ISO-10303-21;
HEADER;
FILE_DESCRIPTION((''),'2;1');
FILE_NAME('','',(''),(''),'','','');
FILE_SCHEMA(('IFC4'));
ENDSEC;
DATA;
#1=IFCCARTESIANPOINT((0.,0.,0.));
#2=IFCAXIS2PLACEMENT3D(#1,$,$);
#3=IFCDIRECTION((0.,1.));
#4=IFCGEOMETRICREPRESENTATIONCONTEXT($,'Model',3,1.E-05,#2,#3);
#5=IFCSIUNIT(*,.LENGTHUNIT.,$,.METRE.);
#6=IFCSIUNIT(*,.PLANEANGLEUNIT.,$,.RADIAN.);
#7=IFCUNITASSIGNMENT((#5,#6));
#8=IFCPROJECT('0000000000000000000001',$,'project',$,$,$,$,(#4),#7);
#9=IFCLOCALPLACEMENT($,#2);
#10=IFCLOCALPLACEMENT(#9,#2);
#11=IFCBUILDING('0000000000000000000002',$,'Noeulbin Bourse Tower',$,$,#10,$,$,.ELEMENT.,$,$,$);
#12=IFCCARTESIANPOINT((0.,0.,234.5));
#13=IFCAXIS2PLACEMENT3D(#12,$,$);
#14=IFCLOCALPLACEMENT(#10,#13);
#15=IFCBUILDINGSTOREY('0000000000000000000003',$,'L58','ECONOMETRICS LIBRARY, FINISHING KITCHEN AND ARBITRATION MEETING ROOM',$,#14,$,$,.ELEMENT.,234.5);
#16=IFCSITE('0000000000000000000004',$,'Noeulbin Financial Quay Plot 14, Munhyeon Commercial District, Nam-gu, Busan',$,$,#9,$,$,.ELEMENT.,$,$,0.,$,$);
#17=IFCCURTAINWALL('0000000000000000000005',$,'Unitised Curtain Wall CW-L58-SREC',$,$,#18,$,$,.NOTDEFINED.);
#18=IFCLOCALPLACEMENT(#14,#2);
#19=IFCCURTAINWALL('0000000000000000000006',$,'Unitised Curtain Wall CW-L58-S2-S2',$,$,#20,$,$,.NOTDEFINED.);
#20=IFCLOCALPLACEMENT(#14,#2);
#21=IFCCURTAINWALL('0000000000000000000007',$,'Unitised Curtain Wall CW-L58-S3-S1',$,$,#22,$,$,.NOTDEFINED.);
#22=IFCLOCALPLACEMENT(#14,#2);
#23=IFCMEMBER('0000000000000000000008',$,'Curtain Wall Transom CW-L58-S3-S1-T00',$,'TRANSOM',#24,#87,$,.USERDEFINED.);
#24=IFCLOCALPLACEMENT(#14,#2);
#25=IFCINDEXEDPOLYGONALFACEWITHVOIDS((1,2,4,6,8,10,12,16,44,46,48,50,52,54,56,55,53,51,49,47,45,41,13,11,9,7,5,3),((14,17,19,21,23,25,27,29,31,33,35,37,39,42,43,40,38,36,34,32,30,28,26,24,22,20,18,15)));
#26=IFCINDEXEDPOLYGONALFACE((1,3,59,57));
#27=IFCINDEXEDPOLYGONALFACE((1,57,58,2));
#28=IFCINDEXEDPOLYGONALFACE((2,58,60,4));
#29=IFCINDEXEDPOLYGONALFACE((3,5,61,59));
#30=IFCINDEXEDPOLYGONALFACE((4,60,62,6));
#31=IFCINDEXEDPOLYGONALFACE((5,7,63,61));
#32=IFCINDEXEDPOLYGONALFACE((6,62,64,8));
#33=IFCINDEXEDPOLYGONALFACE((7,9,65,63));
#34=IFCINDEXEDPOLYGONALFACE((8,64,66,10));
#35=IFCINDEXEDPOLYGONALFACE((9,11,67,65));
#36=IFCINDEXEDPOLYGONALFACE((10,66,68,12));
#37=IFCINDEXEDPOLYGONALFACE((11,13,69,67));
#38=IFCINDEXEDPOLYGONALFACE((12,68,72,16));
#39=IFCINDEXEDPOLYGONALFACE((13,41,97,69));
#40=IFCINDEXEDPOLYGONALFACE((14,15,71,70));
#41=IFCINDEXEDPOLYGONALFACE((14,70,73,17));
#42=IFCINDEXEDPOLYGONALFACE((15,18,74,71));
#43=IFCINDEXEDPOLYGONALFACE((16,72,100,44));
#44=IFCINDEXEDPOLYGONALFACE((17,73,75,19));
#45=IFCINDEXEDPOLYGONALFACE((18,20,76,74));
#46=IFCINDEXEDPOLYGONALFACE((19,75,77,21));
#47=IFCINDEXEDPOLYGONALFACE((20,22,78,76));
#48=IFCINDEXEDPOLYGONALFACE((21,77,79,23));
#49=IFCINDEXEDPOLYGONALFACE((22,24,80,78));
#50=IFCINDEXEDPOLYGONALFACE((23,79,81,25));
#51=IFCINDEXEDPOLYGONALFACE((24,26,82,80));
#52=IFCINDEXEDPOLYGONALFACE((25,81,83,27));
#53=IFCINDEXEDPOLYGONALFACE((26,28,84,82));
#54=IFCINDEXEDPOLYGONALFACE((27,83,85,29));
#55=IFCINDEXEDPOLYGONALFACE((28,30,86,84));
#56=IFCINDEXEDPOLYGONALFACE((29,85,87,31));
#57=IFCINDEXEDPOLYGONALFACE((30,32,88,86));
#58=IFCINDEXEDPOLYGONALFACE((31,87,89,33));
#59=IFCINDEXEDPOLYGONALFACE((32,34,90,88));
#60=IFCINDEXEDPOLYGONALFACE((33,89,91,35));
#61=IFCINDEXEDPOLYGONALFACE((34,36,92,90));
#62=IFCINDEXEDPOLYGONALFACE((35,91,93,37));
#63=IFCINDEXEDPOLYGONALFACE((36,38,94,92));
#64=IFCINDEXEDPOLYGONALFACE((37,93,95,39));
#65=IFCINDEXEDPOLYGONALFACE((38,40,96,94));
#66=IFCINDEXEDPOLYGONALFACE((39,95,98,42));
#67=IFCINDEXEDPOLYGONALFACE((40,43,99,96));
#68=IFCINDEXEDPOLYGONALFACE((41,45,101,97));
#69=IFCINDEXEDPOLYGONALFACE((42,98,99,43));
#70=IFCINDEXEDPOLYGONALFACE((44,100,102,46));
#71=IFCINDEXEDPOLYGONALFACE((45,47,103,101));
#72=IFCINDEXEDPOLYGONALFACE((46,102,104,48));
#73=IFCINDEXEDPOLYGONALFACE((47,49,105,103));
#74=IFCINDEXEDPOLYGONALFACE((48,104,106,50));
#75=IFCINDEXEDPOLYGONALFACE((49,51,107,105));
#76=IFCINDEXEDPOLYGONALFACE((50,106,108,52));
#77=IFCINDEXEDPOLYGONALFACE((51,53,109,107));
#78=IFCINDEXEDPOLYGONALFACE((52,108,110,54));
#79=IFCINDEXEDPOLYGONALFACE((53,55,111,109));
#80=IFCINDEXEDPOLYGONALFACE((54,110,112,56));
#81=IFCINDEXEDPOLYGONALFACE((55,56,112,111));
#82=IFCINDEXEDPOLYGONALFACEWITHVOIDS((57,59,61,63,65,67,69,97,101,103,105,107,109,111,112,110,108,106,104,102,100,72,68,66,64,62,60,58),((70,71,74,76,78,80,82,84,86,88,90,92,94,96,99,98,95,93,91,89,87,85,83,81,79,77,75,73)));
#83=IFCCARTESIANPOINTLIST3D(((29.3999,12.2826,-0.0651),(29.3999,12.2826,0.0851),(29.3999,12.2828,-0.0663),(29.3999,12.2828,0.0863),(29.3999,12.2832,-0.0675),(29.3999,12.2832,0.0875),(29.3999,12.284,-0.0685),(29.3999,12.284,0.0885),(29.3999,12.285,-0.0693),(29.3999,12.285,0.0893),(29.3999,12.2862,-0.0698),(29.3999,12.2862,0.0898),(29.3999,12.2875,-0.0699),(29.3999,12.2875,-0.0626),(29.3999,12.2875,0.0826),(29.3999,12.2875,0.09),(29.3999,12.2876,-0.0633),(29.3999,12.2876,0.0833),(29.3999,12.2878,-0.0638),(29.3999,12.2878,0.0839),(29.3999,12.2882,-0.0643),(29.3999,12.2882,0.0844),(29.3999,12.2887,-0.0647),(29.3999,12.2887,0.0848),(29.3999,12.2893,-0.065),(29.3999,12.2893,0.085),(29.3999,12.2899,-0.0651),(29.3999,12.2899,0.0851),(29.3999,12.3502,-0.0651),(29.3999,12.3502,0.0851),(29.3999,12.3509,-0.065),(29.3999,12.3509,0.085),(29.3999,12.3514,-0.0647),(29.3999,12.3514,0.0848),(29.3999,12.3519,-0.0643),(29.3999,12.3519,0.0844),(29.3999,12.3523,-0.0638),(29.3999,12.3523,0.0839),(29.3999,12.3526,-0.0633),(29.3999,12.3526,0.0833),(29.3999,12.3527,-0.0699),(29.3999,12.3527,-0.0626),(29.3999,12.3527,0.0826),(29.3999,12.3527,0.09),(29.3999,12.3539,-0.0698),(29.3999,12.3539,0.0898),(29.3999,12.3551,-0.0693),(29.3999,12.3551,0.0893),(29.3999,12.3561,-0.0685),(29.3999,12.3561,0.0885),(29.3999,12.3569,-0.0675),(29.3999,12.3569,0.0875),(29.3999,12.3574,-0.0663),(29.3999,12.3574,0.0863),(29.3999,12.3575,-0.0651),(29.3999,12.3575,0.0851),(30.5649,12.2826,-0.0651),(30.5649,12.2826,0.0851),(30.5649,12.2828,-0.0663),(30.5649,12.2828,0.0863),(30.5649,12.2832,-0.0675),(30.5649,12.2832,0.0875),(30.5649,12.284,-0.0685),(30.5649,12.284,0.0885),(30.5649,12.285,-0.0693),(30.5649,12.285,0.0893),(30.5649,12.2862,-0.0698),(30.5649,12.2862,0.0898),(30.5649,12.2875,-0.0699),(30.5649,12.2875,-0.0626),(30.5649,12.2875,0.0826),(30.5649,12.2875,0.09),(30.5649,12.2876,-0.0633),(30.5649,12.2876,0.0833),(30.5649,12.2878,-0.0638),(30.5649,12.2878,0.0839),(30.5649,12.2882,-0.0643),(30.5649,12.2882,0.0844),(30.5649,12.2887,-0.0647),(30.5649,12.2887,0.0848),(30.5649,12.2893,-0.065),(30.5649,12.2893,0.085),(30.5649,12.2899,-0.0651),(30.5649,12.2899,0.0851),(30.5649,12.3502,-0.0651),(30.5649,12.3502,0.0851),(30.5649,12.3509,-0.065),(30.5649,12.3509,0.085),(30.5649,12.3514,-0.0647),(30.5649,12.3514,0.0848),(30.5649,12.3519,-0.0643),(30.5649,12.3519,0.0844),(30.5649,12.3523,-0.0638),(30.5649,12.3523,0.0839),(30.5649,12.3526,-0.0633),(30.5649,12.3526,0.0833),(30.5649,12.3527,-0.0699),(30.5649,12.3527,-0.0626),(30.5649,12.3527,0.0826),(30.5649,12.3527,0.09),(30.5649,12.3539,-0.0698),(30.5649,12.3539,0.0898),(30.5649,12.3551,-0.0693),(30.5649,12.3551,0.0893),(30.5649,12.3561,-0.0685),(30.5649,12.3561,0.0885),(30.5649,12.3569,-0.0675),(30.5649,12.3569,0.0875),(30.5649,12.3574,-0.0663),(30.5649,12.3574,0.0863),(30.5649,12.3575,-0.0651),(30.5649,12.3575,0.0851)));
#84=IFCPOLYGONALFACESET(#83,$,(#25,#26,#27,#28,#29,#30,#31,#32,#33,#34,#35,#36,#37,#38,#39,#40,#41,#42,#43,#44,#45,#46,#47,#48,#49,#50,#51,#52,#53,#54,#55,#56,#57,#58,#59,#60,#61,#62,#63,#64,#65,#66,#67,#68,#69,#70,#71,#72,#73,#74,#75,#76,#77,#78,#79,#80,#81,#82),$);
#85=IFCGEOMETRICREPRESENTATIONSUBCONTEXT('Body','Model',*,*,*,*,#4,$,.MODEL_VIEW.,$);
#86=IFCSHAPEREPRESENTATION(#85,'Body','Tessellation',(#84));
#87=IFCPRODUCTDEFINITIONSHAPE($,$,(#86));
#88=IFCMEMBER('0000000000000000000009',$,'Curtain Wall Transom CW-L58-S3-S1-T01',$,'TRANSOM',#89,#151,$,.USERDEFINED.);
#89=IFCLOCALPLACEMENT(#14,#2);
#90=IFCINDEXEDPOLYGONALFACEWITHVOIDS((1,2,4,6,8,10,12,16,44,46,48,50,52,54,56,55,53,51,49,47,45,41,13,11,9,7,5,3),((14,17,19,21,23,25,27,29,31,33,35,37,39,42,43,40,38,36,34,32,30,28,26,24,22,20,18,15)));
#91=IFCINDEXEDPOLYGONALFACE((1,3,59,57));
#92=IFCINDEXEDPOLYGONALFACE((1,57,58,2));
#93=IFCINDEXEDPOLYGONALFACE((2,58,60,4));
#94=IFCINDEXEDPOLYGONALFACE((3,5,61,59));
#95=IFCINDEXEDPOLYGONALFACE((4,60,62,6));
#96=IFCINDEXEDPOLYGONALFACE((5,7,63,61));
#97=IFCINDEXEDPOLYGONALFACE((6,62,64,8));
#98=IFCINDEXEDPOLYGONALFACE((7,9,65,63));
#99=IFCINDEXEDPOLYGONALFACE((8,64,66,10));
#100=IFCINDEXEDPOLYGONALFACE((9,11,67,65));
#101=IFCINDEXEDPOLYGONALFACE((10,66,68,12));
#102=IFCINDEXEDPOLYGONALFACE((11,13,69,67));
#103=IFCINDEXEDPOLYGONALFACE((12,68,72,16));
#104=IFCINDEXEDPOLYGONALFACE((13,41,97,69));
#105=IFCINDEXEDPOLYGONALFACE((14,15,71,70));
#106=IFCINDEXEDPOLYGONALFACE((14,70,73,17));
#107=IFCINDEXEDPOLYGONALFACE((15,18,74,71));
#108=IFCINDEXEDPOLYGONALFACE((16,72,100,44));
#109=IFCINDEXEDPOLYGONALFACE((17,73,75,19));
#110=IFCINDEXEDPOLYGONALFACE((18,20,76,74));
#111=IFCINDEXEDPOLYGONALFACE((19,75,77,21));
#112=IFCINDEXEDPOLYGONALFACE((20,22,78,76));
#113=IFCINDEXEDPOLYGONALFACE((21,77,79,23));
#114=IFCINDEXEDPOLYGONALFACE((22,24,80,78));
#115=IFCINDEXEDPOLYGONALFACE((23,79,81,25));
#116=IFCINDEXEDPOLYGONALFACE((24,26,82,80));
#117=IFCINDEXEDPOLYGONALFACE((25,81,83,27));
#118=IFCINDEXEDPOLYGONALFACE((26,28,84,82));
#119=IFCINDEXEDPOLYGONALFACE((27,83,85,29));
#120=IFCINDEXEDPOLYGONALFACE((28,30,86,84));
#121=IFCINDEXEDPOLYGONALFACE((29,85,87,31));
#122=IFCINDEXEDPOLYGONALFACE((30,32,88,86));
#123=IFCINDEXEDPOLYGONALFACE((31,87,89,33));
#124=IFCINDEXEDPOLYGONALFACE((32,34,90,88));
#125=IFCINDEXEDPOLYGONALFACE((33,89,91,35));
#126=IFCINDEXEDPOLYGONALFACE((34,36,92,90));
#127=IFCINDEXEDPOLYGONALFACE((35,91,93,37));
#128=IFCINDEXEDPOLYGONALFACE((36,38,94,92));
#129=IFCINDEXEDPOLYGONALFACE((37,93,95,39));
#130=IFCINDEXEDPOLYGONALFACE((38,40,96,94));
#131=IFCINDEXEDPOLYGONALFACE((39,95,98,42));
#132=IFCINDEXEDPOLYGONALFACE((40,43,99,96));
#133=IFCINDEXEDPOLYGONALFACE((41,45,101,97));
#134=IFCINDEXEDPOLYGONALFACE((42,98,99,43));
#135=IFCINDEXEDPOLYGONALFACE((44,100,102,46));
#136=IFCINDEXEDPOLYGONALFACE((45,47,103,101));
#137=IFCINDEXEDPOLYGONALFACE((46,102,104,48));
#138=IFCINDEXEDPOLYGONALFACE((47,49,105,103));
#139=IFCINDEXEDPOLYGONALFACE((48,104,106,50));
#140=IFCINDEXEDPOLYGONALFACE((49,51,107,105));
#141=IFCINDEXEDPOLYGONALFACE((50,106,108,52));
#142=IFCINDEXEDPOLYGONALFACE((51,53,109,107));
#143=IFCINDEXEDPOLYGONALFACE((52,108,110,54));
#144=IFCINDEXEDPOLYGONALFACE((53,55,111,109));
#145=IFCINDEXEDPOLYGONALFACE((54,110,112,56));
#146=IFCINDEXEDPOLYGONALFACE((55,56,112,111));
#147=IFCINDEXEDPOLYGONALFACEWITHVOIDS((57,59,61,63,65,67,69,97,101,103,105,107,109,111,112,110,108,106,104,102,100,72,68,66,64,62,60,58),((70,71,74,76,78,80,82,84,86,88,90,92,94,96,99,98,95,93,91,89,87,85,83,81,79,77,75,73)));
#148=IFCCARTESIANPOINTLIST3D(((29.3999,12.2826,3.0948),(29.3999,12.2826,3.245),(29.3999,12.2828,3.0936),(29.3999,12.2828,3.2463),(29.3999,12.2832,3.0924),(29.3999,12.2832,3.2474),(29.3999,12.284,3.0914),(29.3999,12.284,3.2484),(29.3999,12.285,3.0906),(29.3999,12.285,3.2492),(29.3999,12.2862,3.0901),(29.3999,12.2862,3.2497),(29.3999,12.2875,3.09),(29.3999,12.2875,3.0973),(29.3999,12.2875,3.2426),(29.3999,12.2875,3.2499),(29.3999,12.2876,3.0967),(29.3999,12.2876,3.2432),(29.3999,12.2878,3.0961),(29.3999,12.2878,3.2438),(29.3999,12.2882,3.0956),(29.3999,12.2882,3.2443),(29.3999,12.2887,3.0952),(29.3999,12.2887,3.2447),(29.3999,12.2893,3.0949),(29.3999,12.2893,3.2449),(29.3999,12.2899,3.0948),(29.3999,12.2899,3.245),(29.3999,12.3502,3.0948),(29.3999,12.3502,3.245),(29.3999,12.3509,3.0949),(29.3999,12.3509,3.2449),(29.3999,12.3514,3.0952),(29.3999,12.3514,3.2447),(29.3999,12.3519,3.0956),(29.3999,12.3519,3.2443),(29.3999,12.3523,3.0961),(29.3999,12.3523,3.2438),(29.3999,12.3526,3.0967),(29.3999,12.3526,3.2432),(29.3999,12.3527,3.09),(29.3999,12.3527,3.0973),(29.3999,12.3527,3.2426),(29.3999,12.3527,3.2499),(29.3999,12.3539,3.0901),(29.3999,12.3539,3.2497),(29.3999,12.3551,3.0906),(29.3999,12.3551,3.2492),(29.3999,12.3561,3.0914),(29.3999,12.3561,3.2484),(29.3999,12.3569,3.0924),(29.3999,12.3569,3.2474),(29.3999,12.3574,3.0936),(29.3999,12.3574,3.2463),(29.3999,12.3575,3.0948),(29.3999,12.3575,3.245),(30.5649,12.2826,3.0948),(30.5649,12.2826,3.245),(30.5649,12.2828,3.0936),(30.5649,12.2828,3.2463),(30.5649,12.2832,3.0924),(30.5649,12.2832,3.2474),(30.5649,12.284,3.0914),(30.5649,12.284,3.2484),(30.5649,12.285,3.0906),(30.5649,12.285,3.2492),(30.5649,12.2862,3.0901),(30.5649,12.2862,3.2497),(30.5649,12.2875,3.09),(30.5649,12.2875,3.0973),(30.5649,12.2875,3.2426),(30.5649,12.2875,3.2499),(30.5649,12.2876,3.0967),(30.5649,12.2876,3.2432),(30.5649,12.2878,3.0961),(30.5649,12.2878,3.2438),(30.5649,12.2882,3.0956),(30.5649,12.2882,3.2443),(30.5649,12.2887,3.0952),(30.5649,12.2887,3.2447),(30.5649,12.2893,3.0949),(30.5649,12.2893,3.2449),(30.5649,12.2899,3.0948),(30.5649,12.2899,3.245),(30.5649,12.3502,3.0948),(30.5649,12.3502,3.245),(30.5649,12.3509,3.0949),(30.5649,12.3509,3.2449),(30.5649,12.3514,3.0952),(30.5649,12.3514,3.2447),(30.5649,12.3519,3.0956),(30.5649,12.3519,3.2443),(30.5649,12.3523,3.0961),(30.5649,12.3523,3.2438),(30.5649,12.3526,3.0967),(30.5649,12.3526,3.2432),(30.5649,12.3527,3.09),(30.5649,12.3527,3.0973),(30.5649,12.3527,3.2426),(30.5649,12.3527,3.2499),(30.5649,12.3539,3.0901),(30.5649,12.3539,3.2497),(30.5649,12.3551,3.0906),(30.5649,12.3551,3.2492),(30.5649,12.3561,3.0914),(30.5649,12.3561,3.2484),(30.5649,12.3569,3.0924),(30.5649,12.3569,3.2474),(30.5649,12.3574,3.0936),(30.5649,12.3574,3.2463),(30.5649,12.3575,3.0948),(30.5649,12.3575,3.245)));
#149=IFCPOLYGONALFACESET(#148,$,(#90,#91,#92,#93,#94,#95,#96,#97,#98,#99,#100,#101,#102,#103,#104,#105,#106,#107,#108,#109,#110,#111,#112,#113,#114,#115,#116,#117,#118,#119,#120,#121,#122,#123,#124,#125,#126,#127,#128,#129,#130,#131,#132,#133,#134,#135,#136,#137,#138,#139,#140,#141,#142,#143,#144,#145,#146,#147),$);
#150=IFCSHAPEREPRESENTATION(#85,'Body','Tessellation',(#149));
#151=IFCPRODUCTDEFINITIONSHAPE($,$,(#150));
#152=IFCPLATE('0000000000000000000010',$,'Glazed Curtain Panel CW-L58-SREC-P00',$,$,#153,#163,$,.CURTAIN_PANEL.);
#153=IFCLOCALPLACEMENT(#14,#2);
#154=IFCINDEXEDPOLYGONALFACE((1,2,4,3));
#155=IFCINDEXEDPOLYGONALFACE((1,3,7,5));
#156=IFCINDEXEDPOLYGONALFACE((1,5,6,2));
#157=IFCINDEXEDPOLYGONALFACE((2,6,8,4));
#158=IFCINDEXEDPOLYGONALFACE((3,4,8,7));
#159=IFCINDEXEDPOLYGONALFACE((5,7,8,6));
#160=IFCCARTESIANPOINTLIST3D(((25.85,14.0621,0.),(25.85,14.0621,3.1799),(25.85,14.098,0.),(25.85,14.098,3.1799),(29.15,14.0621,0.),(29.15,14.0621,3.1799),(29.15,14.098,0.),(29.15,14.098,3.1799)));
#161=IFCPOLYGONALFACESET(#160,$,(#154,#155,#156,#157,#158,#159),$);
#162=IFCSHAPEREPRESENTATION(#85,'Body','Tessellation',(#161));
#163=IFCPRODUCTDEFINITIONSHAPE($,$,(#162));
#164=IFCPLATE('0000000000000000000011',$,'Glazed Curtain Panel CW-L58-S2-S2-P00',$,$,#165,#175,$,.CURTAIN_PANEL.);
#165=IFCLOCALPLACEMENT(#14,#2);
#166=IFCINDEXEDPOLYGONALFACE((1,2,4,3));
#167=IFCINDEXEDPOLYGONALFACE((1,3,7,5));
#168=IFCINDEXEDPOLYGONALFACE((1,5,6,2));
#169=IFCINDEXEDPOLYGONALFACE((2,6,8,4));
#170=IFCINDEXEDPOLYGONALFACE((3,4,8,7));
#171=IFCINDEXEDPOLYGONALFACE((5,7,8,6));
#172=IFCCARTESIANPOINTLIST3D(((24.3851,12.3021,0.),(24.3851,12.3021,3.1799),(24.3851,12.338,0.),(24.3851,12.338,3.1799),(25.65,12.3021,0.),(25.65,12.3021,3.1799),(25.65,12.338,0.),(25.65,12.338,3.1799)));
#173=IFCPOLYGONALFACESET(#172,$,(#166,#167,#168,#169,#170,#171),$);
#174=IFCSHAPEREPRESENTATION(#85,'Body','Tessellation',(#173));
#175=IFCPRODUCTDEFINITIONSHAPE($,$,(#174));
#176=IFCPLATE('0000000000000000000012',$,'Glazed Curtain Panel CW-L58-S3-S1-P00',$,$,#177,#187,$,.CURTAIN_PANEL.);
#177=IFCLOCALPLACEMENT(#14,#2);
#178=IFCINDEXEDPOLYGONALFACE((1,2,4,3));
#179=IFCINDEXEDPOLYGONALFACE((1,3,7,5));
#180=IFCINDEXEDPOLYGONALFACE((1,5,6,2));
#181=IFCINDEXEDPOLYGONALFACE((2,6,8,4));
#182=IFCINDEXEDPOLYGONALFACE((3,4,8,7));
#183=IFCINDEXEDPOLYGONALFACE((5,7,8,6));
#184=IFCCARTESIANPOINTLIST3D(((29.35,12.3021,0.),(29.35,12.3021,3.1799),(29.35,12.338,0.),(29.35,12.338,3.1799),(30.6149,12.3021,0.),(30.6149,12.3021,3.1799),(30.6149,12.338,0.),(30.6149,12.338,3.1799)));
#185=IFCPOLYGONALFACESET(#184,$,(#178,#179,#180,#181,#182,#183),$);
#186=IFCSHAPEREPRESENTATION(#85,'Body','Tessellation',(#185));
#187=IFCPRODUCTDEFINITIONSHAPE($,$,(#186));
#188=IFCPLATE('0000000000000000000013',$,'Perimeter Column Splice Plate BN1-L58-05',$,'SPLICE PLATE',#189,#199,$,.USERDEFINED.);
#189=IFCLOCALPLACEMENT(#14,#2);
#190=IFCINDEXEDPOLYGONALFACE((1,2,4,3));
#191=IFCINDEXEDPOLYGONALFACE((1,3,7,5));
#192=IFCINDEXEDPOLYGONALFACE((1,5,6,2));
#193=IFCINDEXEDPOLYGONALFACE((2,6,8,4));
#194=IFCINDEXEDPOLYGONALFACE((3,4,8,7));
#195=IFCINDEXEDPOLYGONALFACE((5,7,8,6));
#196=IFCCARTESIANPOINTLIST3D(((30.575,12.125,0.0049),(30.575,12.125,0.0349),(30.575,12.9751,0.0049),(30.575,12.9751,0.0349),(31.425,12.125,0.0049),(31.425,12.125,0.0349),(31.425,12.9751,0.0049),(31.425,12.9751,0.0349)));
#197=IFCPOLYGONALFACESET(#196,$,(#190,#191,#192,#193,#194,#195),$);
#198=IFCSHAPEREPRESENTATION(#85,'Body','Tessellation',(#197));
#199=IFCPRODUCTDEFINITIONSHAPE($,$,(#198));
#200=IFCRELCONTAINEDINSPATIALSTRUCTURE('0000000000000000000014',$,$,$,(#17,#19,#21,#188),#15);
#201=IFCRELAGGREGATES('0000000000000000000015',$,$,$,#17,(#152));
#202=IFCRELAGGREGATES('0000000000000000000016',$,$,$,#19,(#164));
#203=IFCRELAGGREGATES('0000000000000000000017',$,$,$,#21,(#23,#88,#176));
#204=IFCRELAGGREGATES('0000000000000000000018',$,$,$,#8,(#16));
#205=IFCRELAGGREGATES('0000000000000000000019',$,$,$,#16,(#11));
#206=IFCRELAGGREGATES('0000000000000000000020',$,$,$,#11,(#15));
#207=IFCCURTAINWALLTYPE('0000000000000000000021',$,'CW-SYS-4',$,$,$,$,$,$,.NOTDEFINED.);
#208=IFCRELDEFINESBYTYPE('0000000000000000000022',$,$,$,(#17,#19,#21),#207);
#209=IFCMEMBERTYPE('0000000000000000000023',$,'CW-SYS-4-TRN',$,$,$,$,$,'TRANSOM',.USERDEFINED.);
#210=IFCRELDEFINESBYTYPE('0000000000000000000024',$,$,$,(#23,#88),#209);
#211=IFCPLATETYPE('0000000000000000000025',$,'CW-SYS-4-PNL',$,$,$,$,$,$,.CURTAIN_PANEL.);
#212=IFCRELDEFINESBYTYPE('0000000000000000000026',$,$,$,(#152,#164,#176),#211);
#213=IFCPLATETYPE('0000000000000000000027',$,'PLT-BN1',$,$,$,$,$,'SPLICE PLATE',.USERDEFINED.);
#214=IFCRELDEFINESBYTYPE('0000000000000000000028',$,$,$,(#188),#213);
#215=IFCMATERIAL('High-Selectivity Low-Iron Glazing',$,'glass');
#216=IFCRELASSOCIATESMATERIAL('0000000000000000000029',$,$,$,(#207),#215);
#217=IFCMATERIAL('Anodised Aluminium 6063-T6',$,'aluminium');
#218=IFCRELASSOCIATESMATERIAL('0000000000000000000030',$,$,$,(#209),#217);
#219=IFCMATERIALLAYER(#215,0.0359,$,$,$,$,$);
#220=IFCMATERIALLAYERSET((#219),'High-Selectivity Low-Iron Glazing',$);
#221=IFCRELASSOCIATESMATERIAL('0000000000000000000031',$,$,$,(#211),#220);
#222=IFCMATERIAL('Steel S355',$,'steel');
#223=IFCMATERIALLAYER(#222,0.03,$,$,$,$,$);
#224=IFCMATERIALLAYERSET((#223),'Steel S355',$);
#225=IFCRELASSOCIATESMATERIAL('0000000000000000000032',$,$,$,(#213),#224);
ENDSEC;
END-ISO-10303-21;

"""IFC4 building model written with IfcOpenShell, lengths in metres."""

from ifc_helpers import new_model, si_unit, direction, frame, origin, origin_2d, place, context, subcontext, project, spatial, rectangle, hollow_rectangle, extrude, material, layer, layer_set, material_profile, profile_set, type_object, element, aggregate, save


model = new_model("IFC4")

# Units and contexts
model_context = context("Model", 3, precision=1e-05, world=origin(), true_north=direction((0.0, 1.0)))
body_context = subcontext(model_context, "Body", "Model", "MODEL_VIEW")
ifc_project = project(units=[si_unit("LENGTHUNIT", "METRE"), si_unit("PLANEANGLEUNIT", "RADIAN")], contexts=[model_context])

# Site, building, storey
site_placement = place(None, origin())
site = spatial("IfcSite", under=ifc_project, at=site_placement, Name="Noeulbin Financial Quay Plot 14, Munhyeon Commercial District, Nam-gu, Busan", CompositionType="ELEMENT", RefElevation=0.0)
building_placement = place(site_placement, origin())
building = spatial("IfcBuilding", under=site, at=building_placement, Name="Noeulbin Bourse Tower", CompositionType="ELEMENT")
storey_placement = place(building_placement, frame((0.0, 0.0, 234.5)))
storey = spatial("IfcBuildingStorey", under=building, at=storey_placement, Name="L58", Description="ECONOMETRICS LIBRARY, FINISHING KITCHEN AND ARBITRATION MEETING ROOM", CompositionType="ELEMENT", Elevation=234.5)

# Shared definitions
ifc_material_1 = material(Name="Steel S355", Category="steel")

# Curtain walls
ifc_material_2 = material(Name="High-Selectivity Low-Iron Glazing", Category="glass")
curtain_wall_type = type_object("IfcCurtainWallType", Name="CW-SYS-4", PredefinedType="NOTDEFINED", material=ifc_material_2)
curtain_wall_1_placement = place(storey_placement, origin())
curtain_wall_1 = element("IfcCurtainWall", 1, at=curtain_wall_1_placement, inside=storey, type_object=curtain_wall_type, Name="Unitised Curtain Wall CW-L58-SREC", PredefinedType="NOTDEFINED")
ifc_material_3 = material(Name="Anodised Aluminium 6063-T6", Category="aluminium")
curtain_wall_2_placement = place(storey_placement, origin())
curtain_wall_2 = element("IfcCurtainWall", 2, at=curtain_wall_2_placement, inside=storey, type_object=curtain_wall_type, Name="Unitised Curtain Wall CW-L58-S2-S2", PredefinedType="NOTDEFINED")
curtain_wall_3_placement = place(storey_placement, origin())
curtain_wall_3 = element("IfcCurtainWall", 3, at=curtain_wall_3_placement, inside=storey, type_object=curtain_wall_type, Name="Unitised Curtain Wall CW-L58-S3-S1", PredefinedType="NOTDEFINED")

# Members
ifc_material_profile_1 = material_profile(ifc_material_3, hollow_rectangle(XDim=0.075, YDim=0.1599, WallThickness=0.0049, InnerFilletRadius=0.0024, OuterFilletRadius=0.0049, at=origin_2d()), Name="ALU-TRAN-75x160x5", Category="LoadBearing")
ifc_profile_set_1 = profile_set([ifc_material_profile_1], Name="Anodised Aluminium 6063-T6")
member_type_1 = type_object("IfcMemberType", Name="CW-SYS-4-TRN", ElementType="TRANSOM", PredefinedType="USERDEFINED", material=ifc_profile_set_1)
member_1_placement = place(storey_placement, frame((29.3999, 12.3201, 0.01), z_axis=(1.0, 0.0, 0.0), x_axis=(0.0, 1.0, 0.0)))
member_1 = element("IfcMember", 4, at=member_1_placement, type_object=member_type_1, Name="Curtain Wall Transom CW-L58-S3-S1-T00", ObjectType="TRANSOM", PredefinedType="USERDEFINED", context=body_context, shape_type="SweptSolid", body=[
    extrude(hollow_rectangle(XDim=0.075, YDim=0.1599, WallThickness=0.0049, InnerFilletRadius=0.0024, OuterFilletRadius=0.0049, at=origin_2d()), origin(), (0.0, 0.0, 1.0), 1.165),
])
member_2_placement = place(storey_placement, frame((29.3999, 12.3201, 3.1699), z_axis=(1.0, 0.0, 0.0), x_axis=(0.0, 1.0, 0.0)))
member_2 = element("IfcMember", 5, at=member_2_placement, type_object=member_type_1, Name="Curtain Wall Transom CW-L58-S3-S1-T01", ObjectType="TRANSOM", PredefinedType="USERDEFINED", context=body_context, shape_type="SweptSolid", body=[
    extrude(hollow_rectangle(XDim=0.075, YDim=0.1599, WallThickness=0.0049, InnerFilletRadius=0.0024, OuterFilletRadius=0.0049, at=origin_2d()), origin(), (0.0, 0.0, 1.0), 1.165),
])

# Plates
ifc_layer_1 = layer(ifc_material_2, 0.0359)
ifc_layer_set_1 = layer_set([ifc_layer_1], Name="High-Selectivity Low-Iron Glazing")
plate_type_1 = type_object("IfcPlateType", Name="CW-SYS-4-PNL", PredefinedType="CURTAIN_PANEL", material=ifc_layer_set_1)
plate_1_placement = place(storey_placement, frame((27.5, 14.0801, 0.0), z_axis=(0.0, 0.0, 1.0), x_axis=(1.0, 0.0, 0.0)))
plate_1 = element("IfcPlate", 6, at=plate_1_placement, type_object=plate_type_1, Name="Glazed Curtain Panel CW-L58-SREC-P00", PredefinedType="CURTAIN_PANEL", context=body_context, shape_type="SweptSolid", body=[
    extrude(rectangle(XDim=3.3, YDim=0.0359, at=origin_2d()), origin(), (0.0, 0.0, 1.0), 3.1799),
])
aggregate(curtain_wall_1, [plate_1])
plate_2_placement = place(storey_placement, frame((25.0176, 12.3201, 0.0), z_axis=(0.0, 0.0, 1.0), x_axis=(1.0, 0.0, 0.0)))
plate_2 = element("IfcPlate", 7, at=plate_2_placement, type_object=plate_type_1, Name="Glazed Curtain Panel CW-L58-S2-S2-P00", PredefinedType="CURTAIN_PANEL", context=body_context, shape_type="SweptSolid", body=[
    extrude(rectangle(XDim=1.2649, YDim=0.0359, at=origin_2d()), origin(), (0.0, 0.0, 1.0), 3.1799),
])
aggregate(curtain_wall_2, [plate_2])
plate_3_placement = place(storey_placement, frame((29.9824, 12.3201, 0.0), z_axis=(0.0, 0.0, 1.0), x_axis=(1.0, 0.0, 0.0)))
plate_3 = element("IfcPlate", 8, at=plate_3_placement, type_object=plate_type_1, Name="Glazed Curtain Panel CW-L58-S3-S1-P00", PredefinedType="CURTAIN_PANEL", context=body_context, shape_type="SweptSolid", body=[
    extrude(rectangle(XDim=1.2649, YDim=0.0359, at=origin_2d()), origin(), (0.0, 0.0, 1.0), 3.1799),
])
aggregate(curtain_wall_3, [member_1, member_2, plate_3])
ifc_layer_2 = layer(ifc_material_1, 0.03)
ifc_layer_set_2 = layer_set([ifc_layer_2], Name="Steel S355")
plate_type_2 = type_object("IfcPlateType", Name="PLT-BN1", ElementType="SPLICE PLATE", PredefinedType="USERDEFINED", material=ifc_layer_set_2)
plate_4_placement = place(storey_placement, frame((31.0, 12.55, 0.0049), z_axis=(0.0, 0.0, 1.0), x_axis=(1.0, 0.0, 0.0)))
element("IfcPlate", 9, at=plate_4_placement, inside=storey, type_object=plate_type_2, Name="Perimeter Column Splice Plate BN1-L58-05", ObjectType="SPLICE PLATE", PredefinedType="USERDEFINED", context=body_context, shape_type="SweptSolid", body=[
    extrude(rectangle(XDim=0.8501, YDim=0.8501, at=origin_2d()), origin(), (0.0, 0.0, 1.0), 0.03),
])

save(model, "model.ifc")
